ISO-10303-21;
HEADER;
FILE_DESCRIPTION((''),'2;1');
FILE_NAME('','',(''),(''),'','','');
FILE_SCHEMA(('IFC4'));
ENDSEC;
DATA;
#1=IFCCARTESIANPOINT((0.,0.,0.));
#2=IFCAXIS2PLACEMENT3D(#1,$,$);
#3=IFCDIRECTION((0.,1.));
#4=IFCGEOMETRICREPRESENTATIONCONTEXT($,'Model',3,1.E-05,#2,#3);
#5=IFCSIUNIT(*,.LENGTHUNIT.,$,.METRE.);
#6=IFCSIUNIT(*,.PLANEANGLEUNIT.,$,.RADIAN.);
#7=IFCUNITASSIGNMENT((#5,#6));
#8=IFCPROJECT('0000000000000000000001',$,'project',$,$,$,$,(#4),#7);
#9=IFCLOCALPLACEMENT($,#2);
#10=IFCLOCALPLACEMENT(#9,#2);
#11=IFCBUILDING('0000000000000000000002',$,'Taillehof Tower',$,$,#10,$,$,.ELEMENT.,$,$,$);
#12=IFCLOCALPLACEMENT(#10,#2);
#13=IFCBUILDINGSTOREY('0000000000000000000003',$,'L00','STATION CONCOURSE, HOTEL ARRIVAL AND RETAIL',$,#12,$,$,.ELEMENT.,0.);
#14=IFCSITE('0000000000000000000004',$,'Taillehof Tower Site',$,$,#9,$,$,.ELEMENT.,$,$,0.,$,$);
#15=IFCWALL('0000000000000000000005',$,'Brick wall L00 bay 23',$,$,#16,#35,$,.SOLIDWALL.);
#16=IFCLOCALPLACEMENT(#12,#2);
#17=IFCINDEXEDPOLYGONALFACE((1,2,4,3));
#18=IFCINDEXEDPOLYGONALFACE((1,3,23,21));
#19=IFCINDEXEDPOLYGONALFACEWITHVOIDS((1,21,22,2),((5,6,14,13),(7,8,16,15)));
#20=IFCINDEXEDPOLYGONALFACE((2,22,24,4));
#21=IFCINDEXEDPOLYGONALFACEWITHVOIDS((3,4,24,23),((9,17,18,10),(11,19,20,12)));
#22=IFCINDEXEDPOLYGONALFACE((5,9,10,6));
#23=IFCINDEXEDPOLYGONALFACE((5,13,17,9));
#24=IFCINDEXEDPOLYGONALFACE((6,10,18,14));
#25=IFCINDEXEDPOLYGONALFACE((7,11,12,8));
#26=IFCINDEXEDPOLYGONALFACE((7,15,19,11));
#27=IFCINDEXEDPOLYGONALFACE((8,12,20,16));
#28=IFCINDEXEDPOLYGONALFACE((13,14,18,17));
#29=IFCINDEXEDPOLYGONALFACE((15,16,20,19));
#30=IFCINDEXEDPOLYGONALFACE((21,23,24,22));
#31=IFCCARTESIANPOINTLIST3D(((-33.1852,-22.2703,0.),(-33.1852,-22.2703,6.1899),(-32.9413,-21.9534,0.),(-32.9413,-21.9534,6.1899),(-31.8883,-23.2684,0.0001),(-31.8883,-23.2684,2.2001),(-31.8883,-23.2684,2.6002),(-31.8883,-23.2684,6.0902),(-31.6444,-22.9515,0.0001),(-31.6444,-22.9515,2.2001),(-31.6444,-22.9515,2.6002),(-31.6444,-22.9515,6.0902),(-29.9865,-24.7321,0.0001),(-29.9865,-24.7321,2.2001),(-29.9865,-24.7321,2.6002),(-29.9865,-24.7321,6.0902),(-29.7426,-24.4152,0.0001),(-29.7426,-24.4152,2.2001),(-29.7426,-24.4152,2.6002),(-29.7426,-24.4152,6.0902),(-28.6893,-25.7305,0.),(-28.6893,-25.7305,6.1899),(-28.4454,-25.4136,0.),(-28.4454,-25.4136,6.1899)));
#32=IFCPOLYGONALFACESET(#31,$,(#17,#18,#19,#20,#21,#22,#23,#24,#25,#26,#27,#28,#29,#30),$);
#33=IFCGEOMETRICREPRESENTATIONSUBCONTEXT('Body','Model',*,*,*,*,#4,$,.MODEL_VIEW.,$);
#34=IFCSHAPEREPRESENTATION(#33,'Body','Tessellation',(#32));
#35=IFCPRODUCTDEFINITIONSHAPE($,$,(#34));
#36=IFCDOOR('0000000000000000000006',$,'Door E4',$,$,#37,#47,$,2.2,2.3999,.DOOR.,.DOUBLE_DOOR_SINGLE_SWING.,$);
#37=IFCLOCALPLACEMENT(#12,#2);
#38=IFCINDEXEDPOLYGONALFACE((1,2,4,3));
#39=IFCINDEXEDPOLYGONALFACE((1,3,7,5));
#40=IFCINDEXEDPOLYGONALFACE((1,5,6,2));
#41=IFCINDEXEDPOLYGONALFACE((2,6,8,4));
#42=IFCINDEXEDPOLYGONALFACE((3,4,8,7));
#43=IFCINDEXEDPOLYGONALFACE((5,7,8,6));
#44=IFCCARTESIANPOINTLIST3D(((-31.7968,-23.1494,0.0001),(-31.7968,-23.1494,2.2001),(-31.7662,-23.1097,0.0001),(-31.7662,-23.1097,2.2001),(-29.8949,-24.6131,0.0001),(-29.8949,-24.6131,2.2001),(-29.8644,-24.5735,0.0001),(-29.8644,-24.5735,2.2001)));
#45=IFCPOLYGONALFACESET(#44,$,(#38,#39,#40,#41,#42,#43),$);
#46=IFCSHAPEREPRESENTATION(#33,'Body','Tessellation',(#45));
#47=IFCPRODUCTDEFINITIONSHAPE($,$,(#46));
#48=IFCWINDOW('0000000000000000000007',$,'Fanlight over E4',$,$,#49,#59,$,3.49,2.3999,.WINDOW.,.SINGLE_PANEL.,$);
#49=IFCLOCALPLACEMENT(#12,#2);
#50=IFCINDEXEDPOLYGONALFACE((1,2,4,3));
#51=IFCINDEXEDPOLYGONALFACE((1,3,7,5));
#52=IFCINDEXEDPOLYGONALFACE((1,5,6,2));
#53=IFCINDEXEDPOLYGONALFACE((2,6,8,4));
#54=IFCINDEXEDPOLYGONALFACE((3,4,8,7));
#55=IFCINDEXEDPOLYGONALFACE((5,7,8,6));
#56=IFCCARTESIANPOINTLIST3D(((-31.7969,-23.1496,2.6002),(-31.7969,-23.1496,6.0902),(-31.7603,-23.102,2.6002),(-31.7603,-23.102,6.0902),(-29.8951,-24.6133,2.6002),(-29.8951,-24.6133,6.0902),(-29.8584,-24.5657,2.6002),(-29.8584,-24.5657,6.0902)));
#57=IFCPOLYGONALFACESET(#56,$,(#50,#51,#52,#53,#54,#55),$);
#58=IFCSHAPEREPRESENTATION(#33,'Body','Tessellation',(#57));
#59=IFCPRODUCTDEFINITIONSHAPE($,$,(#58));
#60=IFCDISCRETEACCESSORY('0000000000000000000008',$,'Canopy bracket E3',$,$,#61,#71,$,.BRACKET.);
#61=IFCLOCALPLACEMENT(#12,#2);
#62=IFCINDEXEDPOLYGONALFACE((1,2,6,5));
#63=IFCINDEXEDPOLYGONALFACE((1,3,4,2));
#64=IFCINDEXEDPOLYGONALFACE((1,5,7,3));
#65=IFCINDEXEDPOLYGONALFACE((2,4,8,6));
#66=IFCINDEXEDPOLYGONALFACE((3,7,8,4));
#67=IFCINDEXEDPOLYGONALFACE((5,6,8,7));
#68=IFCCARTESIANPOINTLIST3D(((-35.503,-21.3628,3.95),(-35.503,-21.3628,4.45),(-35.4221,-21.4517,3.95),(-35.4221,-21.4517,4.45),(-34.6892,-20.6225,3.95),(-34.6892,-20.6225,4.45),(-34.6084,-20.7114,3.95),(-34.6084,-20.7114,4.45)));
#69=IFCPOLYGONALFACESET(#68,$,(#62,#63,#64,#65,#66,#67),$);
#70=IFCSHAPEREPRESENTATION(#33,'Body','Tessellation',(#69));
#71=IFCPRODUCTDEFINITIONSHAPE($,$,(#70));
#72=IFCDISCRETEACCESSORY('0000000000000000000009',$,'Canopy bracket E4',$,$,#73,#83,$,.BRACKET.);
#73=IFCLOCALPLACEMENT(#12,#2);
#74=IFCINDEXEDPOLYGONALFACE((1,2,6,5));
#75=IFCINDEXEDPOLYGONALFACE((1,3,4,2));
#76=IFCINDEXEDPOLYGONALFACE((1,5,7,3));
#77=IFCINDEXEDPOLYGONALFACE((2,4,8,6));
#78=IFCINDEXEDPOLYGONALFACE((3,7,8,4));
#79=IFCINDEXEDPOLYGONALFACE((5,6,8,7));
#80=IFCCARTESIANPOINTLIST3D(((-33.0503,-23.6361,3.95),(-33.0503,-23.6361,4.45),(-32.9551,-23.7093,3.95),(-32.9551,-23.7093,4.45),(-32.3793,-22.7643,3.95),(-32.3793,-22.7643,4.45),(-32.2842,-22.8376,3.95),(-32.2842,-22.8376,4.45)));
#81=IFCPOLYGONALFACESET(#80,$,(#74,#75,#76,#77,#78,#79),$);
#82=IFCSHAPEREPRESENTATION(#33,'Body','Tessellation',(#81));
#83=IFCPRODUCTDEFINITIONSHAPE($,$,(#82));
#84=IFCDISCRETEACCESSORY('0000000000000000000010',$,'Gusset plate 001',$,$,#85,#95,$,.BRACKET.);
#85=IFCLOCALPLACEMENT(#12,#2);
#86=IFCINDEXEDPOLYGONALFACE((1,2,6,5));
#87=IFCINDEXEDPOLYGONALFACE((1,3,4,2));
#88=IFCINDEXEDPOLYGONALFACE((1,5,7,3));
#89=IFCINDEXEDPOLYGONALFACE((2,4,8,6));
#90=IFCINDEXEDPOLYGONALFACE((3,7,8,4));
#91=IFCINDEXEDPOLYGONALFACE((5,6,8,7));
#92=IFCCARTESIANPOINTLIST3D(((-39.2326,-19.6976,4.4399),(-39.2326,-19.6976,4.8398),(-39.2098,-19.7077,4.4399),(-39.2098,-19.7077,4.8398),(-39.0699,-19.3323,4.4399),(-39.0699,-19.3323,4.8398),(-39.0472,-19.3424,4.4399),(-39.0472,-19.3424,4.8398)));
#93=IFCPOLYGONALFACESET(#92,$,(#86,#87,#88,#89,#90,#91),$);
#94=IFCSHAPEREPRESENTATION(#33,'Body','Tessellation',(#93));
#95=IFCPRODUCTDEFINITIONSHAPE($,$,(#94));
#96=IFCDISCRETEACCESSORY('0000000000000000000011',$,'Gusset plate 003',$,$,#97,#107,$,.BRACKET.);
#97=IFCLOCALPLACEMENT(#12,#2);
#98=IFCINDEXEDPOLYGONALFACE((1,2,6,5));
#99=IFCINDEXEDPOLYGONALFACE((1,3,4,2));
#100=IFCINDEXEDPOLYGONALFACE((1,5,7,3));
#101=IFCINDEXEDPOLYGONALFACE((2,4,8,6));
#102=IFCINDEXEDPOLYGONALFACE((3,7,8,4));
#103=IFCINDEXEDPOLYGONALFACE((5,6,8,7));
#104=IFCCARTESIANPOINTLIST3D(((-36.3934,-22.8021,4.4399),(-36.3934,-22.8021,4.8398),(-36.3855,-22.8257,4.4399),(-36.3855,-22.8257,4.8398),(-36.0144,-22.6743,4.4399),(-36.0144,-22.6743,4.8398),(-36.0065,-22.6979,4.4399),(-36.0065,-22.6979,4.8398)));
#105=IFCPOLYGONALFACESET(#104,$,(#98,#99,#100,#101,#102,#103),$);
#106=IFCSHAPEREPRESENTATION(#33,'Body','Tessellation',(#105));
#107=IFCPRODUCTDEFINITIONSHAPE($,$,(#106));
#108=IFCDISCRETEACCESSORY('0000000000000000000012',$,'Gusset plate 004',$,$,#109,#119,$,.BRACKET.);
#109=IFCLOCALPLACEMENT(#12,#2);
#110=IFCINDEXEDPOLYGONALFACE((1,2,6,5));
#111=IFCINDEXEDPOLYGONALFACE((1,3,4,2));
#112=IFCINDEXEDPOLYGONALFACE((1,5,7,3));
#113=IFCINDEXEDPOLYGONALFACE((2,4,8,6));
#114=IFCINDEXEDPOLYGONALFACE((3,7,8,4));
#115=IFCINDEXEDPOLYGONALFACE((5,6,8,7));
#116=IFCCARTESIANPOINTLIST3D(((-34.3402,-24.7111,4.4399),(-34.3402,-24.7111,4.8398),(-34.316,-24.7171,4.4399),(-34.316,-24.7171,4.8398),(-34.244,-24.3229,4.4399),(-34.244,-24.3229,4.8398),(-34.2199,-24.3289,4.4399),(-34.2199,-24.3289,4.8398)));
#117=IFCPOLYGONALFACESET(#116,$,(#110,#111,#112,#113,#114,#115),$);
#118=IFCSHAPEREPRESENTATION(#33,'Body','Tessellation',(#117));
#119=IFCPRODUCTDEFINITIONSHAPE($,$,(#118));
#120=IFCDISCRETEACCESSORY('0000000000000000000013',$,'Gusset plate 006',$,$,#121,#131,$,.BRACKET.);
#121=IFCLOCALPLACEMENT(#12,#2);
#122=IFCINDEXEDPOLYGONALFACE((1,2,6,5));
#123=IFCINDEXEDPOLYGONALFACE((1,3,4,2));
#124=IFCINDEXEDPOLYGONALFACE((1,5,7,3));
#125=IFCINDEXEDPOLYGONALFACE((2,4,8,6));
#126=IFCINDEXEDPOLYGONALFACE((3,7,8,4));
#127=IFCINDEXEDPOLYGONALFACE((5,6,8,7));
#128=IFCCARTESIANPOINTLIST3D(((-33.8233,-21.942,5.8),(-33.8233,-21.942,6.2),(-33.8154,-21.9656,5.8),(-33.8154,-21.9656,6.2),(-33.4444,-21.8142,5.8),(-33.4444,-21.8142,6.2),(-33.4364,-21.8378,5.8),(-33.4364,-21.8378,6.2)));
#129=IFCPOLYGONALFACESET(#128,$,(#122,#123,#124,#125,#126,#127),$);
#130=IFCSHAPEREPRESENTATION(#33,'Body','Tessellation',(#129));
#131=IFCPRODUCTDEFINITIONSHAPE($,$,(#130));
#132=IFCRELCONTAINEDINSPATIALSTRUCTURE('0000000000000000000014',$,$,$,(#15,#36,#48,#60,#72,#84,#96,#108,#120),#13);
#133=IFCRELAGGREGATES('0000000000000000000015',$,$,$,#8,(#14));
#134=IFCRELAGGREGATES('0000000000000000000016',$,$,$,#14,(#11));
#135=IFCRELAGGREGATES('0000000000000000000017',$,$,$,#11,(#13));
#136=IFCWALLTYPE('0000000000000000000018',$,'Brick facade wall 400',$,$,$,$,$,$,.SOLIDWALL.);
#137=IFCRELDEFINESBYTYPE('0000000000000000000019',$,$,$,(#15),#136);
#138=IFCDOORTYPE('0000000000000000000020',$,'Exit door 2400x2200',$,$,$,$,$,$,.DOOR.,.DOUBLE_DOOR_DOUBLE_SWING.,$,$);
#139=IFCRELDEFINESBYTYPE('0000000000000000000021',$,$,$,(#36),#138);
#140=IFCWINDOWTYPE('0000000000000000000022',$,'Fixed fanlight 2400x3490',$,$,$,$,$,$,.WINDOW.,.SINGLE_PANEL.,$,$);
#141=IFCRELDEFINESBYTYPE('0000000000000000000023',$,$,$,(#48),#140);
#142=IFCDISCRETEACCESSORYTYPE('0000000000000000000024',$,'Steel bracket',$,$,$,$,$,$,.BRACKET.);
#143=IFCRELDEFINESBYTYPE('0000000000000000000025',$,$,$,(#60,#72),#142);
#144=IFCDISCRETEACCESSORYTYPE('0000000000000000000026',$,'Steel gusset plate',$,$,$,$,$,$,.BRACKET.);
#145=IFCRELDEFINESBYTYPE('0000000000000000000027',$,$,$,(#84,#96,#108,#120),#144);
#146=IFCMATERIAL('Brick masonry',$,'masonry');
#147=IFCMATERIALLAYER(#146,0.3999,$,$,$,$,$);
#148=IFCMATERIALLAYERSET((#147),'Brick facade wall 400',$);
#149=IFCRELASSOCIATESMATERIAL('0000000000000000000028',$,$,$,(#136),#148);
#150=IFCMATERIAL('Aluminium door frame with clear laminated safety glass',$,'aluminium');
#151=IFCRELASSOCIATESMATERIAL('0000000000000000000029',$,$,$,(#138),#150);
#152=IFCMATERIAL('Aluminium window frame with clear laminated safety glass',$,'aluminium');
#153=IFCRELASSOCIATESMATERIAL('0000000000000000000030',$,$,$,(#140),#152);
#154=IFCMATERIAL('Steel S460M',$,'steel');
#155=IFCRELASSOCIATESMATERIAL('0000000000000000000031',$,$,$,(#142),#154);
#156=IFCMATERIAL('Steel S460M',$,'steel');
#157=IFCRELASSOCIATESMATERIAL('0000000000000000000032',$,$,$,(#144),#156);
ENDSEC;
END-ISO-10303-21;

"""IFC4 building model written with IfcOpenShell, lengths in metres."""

from ifc_helpers import new_model, si_unit, direction, frame, frame_2d, origin, origin_2d, place, context, subcontext, project, spatial, rectangle, extrude, material, layer, layer_set, type_object, element, fill, save


model = new_model("IFC4")

# Units and contexts
model_context = context("Model", 3, precision=1e-05, world=origin(), true_north=direction((0.0, 1.0)))
body_context = subcontext(model_context, "Body", "Model", "MODEL_VIEW")
ifc_project = project(units=[si_unit("LENGTHUNIT", "METRE"), si_unit("PLANEANGLEUNIT", "RADIAN")], contexts=[model_context])

# Site, building, storey
site_placement = place(None, origin())
site = spatial("IfcSite", under=ifc_project, at=site_placement, Name="Taillehof Tower Site", CompositionType="ELEMENT", RefElevation=0.0)
building_placement = place(site_placement, origin())
building = spatial("IfcBuilding", under=site, at=building_placement, Name="Taillehof Tower", CompositionType="ELEMENT")
storey_placement = place(building_placement, origin())
storey = spatial("IfcBuildingStorey", under=building, at=storey_placement, Name="L00", Description="STATION CONCOURSE, HOTEL ARRIVAL AND RETAIL", CompositionType="ELEMENT", Elevation=0.0)

# Wall, openings, door, window
ifc_material_1 = material(Name="Brick masonry", Category="masonry")
ifc_layer = layer(ifc_material_1, 0.3999)
ifc_layer_set = layer_set([ifc_layer], Name="Brick facade wall 400")
wall_type = type_object("IfcWallType", Name="Brick facade wall 400", PredefinedType="SOLIDWALL", material=ifc_layer_set)
wall_placement = place(storey_placement, frame((-33.0632, -22.1118, 0.0), z_axis=(0.0, 0.0, 1.0), x_axis=(0.792466, -0.609917, 0.0)))
wall = element("IfcWall", 1, at=wall_placement, inside=storey, type_object=wall_type, Name="Brick wall L00 bay 23", PredefinedType="SOLIDWALL", context=body_context, shape_type="SweptSolid", body=[
    extrude(rectangle(XDim=5.6733, YDim=0.3999, at=frame_2d((2.8367, 0.0))), origin(), (0.0, 0.0, 1.0), 6.1899),
])
opening_1_placement = place(wall_placement, frame((1.6365, 0.0, 0.0)))
opening_1 = element("IfcOpeningElement", 2, at=opening_1_placement, cuts=wall, PredefinedType="OPENING", context=body_context, shape_type="SweptSolid", body=[
    extrude(rectangle(XDim=2.3999, YDim=2.2, at=frame_2d((1.2, 1.1001))), frame((0.0, 0.21, 0.0), z_axis=(0.0, -1.0, 0.0), x_axis=(1.0, 0.0, 0.0)), (0.0, 0.0, 1.0), 0.4199),
])
opening_2_placement = place(wall_placement, frame((1.6365, 0.0, 2.6001)))
opening_2 = element("IfcOpeningElement", 3, at=opening_2_placement, cuts=wall, PredefinedType="OPENING", context=body_context, shape_type="SweptSolid", body=[
    extrude(rectangle(XDim=2.3999, YDim=3.49, at=frame_2d((1.2, 1.7451))), frame((0.0, 0.21, 0.0), z_axis=(0.0, -1.0, 0.0), x_axis=(1.0, 0.0, 0.0)), (0.0, 0.0, 1.0), 0.4199),
])
ifc_material_2 = material(Name="Aluminium door frame with clear laminated safety glass", Category="aluminium")
door_type = type_object("IfcDoorType", Name="Exit door 2400x2200", OperationType="DOUBLE_DOOR_DOUBLE_SWING", PredefinedType="DOOR", material=ifc_material_2)
door_placement = place(opening_1_placement, frame((2.3999, 0.0, 0.0), z_axis=(0.0, 0.0, 1.0), x_axis=(-1.0, 0.0, 0.0)))
door = element("IfcDoor", 4, at=door_placement, inside=storey, type_object=door_type, Name="Door E4", OperationType="DOUBLE_DOOR_SINGLE_SWING", OverallHeight=2.2, OverallWidth=2.3999, PredefinedType="DOOR", context=body_context, shape_type="SweptSolid", body=[
    extrude(rectangle(XDim=2.3999, YDim=2.2, at=frame_2d((1.2, 1.1001))), frame((0.0, 0.0498, 0.0), z_axis=(0.0, -1.0, 0.0), x_axis=(1.0, 0.0, 0.0)), (0.0, 0.0, 1.0), 0.05),
])
fill(opening_1, door)
ifc_material_3 = material(Name="Aluminium window frame with clear laminated safety glass", Category="aluminium")
window_type = type_object("IfcWindowType", Name="Fixed fanlight 2400x3490", PartitioningType="SINGLE_PANEL", PredefinedType="WINDOW", material=ifc_material_3)
window_placement = place(opening_2_placement, origin())
window = element("IfcWindow", 5, at=window_placement, inside=storey, type_object=window_type, Name="Fanlight over E4", OverallHeight=3.49, OverallWidth=2.3999, PartitioningType="SINGLE_PANEL", PredefinedType="WINDOW", context=body_context, shape_type="SweptSolid", body=[
    extrude(rectangle(XDim=2.3999, YDim=3.49, at=frame_2d((1.2, 1.7451))), frame((0.0, 0.01, 0.0), z_axis=(0.0, -1.0, 0.0), x_axis=(1.0, 0.0, 0.0)), (0.0, 0.0, 1.0), 0.0601),
])
fill(opening_2, window)

# Discrete accessories
ifc_material_4 = material(Name="Steel S460M", Category="steel")
discrete_accessory_type_1 = type_object("IfcDiscreteAccessoryType", Name="Steel bracket", PredefinedType="BRACKET", material=ifc_material_4)
for number, where, z_axis, x_axis, name in (
    (6, (-35.0557, -21.0371, 3.95), (0.0, 0.0, 1.0), (-0.739707, -0.672929, 0.0), "Canopy bracket E3"),
    (7, (-32.6672, -23.2368, 3.95), (0.0, 0.0, 1.0), (-0.609932, -0.792454, 0.0), "Canopy bracket E4"),
):
    element("IfcDiscreteAccessory", number, at=place(storey_placement, frame(where, z_axis=z_axis, x_axis=x_axis)), inside=storey, type_object=discrete_accessory_type_1, Name=name, PredefinedType="BRACKET", context=body_context, shape_type="SweptSolid", body=[
        extrude(rectangle(XDim=1.1001, YDim=0.1201, at=origin_2d()), origin(), (0.0, 0.0, 1.0), 0.5),
    ])
ifc_material_5 = material(Name="Steel S460M", Category="steel")
discrete_accessory_type_2 = type_object("IfcDiscreteAccessoryType", Name="Steel gusset plate", PredefinedType="BRACKET", material=ifc_material_5)
for number, where, z_axis, x_axis, name in (
    (8, (-39.1399, -19.52, 4.4399), (0.0, 0.0, 1.0), (0.406759, 0.913536, 0.0), "Gusset plate 001"),
    (9, (-36.2, -22.75, 4.4399), (0.0, 0.0, 1.0), (0.947626, 0.319383, 0.0), "Gusset plate 003"),
    (10, (-34.28, -24.52, 4.4399), (0.0, 0.0, 1.0), (0.240486, 0.970653, 0.0), "Gusset plate 004"),
    (11, (-33.6299, -21.8899, 5.8), (0.0, 0.0, 1.0), (0.947626, 0.319383, 0.0), "Gusset plate 006"),
):
    element("IfcDiscreteAccessory", number, at=place(storey_placement, frame(where, z_axis=z_axis, x_axis=x_axis)), inside=storey, type_object=discrete_accessory_type_2, Name=name, PredefinedType="BRACKET", context=body_context, shape_type="SweptSolid", body=[
        extrude(rectangle(XDim=0.3999, YDim=0.0249, at=origin_2d()), origin(), (0.0, 0.0, 1.0), 0.3999),
    ])

save(model, "model.ifc")
